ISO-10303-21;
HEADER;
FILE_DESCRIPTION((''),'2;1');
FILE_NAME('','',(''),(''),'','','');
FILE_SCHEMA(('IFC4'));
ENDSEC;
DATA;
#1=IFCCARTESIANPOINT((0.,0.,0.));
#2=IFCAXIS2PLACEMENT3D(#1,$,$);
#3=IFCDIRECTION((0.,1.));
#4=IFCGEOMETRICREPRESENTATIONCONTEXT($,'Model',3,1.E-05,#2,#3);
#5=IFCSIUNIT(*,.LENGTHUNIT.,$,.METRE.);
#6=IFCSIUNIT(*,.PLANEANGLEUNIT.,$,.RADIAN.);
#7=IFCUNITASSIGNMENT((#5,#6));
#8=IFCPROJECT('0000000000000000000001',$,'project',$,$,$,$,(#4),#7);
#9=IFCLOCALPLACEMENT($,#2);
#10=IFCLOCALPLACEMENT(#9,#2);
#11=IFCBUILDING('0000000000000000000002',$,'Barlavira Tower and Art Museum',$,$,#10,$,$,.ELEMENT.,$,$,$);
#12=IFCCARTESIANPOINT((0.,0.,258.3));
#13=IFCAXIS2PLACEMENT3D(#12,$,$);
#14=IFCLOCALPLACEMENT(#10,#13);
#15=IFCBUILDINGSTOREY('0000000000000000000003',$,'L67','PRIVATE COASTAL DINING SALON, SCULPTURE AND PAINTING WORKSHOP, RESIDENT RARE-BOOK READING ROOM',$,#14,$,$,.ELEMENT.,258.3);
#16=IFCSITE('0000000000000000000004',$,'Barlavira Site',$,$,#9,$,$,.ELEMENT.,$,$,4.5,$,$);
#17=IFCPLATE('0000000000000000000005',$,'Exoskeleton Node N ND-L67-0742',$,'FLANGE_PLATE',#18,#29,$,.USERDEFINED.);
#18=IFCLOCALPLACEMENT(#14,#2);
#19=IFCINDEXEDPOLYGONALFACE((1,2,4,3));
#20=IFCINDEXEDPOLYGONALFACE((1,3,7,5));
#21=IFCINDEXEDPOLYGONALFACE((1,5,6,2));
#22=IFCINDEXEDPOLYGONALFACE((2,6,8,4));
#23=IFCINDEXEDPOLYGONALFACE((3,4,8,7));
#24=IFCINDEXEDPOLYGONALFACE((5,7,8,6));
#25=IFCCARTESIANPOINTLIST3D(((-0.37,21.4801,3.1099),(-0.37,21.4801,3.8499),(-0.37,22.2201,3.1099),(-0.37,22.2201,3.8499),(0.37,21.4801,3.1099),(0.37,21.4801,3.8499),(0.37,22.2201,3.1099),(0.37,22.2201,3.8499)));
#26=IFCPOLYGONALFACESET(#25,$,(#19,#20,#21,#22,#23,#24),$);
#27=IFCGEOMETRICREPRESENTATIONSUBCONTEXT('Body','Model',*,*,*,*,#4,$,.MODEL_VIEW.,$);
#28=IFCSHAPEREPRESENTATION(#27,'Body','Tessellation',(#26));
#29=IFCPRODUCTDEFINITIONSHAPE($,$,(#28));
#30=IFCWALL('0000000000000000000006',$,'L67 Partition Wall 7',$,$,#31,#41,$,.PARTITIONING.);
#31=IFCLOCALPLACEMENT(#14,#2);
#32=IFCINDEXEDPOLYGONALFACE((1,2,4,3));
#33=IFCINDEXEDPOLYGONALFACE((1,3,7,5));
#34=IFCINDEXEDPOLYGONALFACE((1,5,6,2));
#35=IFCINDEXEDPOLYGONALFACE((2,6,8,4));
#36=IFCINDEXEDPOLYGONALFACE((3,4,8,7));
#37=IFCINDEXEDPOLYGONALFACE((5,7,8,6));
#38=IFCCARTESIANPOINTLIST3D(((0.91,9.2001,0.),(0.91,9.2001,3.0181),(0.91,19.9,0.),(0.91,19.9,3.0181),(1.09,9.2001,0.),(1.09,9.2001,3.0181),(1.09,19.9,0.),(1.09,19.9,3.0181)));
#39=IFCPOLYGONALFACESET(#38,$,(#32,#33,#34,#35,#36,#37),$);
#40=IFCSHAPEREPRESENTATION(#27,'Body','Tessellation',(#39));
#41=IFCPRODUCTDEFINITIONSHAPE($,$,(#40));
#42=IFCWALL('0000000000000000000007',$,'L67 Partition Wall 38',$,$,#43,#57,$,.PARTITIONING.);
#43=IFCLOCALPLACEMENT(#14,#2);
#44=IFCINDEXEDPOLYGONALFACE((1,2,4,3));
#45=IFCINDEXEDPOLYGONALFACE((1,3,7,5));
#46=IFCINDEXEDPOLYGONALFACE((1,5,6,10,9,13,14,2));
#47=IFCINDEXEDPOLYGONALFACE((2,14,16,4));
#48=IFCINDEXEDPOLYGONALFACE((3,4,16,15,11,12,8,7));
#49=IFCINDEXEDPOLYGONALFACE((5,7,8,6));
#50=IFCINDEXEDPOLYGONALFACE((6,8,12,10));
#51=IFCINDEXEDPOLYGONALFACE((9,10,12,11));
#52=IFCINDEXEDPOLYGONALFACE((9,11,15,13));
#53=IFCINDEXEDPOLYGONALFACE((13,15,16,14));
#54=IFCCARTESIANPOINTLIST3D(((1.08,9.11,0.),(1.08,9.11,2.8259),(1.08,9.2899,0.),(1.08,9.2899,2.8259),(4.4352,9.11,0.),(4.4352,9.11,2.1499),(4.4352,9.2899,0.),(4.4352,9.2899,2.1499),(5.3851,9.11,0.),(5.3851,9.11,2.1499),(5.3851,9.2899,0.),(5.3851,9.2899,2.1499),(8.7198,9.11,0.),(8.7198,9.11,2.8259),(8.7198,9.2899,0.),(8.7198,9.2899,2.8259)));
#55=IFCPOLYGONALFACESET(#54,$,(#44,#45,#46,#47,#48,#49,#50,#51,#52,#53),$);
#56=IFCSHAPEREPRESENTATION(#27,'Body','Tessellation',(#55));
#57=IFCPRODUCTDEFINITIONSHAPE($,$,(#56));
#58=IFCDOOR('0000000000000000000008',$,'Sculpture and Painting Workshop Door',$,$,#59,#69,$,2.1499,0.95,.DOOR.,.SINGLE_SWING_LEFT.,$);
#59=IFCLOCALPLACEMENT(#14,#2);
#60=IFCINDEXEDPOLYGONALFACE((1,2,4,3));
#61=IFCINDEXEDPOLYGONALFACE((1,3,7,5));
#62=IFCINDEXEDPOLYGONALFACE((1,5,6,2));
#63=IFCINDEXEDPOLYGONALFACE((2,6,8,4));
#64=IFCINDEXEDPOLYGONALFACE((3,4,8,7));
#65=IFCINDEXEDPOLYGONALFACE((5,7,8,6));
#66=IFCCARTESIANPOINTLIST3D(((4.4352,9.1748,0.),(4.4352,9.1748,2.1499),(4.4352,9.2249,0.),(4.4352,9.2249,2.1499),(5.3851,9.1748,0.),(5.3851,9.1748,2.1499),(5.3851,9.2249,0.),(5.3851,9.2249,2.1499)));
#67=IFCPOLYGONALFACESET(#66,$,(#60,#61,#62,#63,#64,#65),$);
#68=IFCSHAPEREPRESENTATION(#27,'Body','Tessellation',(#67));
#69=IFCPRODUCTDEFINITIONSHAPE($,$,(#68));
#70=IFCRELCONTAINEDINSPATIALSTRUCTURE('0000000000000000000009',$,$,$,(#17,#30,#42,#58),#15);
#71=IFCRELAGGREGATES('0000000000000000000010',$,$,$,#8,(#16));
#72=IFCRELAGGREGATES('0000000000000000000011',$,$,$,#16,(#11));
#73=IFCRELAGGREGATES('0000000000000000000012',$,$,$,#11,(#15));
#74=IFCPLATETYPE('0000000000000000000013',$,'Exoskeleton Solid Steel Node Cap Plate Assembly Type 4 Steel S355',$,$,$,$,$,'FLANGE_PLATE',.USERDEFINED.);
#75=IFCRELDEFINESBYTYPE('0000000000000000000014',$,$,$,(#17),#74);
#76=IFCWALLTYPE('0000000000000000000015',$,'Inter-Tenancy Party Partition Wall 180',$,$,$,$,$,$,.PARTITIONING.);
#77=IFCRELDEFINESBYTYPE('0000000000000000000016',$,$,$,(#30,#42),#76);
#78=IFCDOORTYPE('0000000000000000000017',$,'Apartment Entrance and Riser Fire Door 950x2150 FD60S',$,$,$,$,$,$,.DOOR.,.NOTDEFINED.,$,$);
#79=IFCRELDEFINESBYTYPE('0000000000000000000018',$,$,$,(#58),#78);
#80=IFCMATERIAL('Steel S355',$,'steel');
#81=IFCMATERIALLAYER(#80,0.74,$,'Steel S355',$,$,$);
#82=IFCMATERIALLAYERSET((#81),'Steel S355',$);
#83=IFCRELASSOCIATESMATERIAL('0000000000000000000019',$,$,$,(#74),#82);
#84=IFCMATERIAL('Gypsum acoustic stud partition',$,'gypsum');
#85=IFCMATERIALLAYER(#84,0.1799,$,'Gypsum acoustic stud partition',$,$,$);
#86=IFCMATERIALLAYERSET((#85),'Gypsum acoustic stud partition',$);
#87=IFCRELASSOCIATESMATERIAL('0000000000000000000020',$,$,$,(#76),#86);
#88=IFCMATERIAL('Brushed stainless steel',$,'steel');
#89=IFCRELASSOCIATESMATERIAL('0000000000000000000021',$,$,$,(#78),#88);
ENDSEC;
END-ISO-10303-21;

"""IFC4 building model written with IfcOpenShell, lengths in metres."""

from ifc_helpers import new_model, si_unit, direction, frame, frame_2d, origin, origin_2d, place, context, subcontext, project, spatial, rectangle, extrude, material, layer, layer_set, type_object, element, fill, save


model = new_model("IFC4")

# Units and contexts
model_context = context("Model", 3, precision=1e-05, world=origin(), true_north=direction((0.0, 1.0)))
body_context = subcontext(model_context, "Body", "Model", "MODEL_VIEW")
ifc_project = project(units=[si_unit("LENGTHUNIT", "METRE"), si_unit("PLANEANGLEUNIT", "RADIAN")], contexts=[model_context])

# Site, building, storey
site_placement = place(None, origin())
site = spatial("IfcSite", under=ifc_project, at=site_placement, Name="Barlavira Site", CompositionType="ELEMENT", RefElevation=4.5)
building_placement = place(site_placement, origin())
building = spatial("IfcBuilding", under=site, at=building_placement, Name="Barlavira Tower and Art Museum", CompositionType="ELEMENT")
storey_placement = place(building_placement, frame((0.0, 0.0, 258.3)))
storey = spatial("IfcBuildingStorey", under=building, at=storey_placement, Name="L67", Description="PRIVATE COASTAL DINING SALON, SCULPTURE AND PAINTING WORKSHOP, RESIDENT RARE-BOOK READING ROOM", CompositionType="ELEMENT", Elevation=258.3)

# Shared definitions
ifc_material_1 = material(Name="Steel S355", Category="steel")

# Plate
ifc_layer_1 = layer(ifc_material_1, 0.74, Name="Steel S355")
ifc_layer_set_1 = layer_set([ifc_layer_1], Name="Steel S355")
plate_type_1 = type_object("IfcPlateType", Name="Exoskeleton Solid Steel Node Cap Plate Assembly Type 4 Steel S355", ElementType="FLANGE_PLATE", PredefinedType="USERDEFINED", material=ifc_layer_set_1)
plate_1_placement = place(storey_placement, frame((0.0, 21.8501, 3.1099), z_axis=(0.0, 0.0, 1.0), x_axis=(1.0, 0.0, 0.0)))
element("IfcPlate", 1, at=plate_1_placement, inside=storey, type_object=plate_type_1, Name="Exoskeleton Node N ND-L67-0742", ObjectType="FLANGE_PLATE", PredefinedType="USERDEFINED", context=body_context, shape_type="SweptSolid", body=[
    extrude(rectangle(XDim=0.74, YDim=0.74, at=origin_2d()), origin(), (0.0, 0.0, 1.0), 0.74),
])

# Wall
ifc_material_2 = material(Name="Gypsum acoustic stud partition", Category="gypsum")
ifc_layer_2 = layer(ifc_material_2, 0.1799, Name="Gypsum acoustic stud partition")
ifc_layer_set_2 = layer_set([ifc_layer_2], Name="Gypsum acoustic stud partition")
wall_type = type_object("IfcWallType", Name="Inter-Tenancy Party Partition Wall 180", PredefinedType="PARTITIONING", material=ifc_layer_set_2)
wall_1_placement = place(storey_placement, frame((1.0, 9.2, 0.0), z_axis=(0.0, 0.0, 1.0), x_axis=(0.0, 1.0, 0.0)))
element("IfcWall", 2, at=wall_1_placement, inside=storey, type_object=wall_type, Name="L67 Partition Wall 7", PredefinedType="PARTITIONING", context=body_context, shape_type="SweptSolid", body=[
    extrude(rectangle(XDim=10.7, YDim=0.1799, at=frame_2d((5.3501, 0.0))), origin(), (0.0, 0.0, 1.0), 3.0181),
])

# Wall, opening, door
wall_2_placement = place(storey_placement, frame((1.0801, 9.2, 0.0), z_axis=(0.0, 0.0, 1.0), x_axis=(1.0, 0.0, 0.0)))
wall_2 = element("IfcWall", 3, at=wall_2_placement, inside=storey, type_object=wall_type, Name="L67 Partition Wall 38", PredefinedType="PARTITIONING", context=body_context, shape_type="SweptSolid", body=[
    extrude(rectangle(XDim=7.6399, YDim=0.1799, at=frame_2d((3.8198, 0.0))), origin(), (0.0, 0.0, 1.0), 2.8259),
])
opening_placement = place(wall_2_placement, frame((3.355, 0.0, 0.0)))
opening = element("IfcOpeningElement", 4, at=opening_placement, cuts=wall_2, PredefinedType="OPENING", context=body_context, shape_type="SweptSolid", body=[
    extrude(rectangle(XDim=0.95, YDim=2.1499, at=frame_2d((0.4751, 1.075))), frame((0.0, 0.1001, 0.0), z_axis=(0.0, -1.0, 0.0), x_axis=(1.0, 0.0, 0.0)), (0.0, 0.0, 1.0), 0.2),
])
ifc_material_3 = material(Name="Brushed stainless steel", Category="steel")
door_type = type_object("IfcDoorType", Name="Apartment Entrance and Riser Fire Door 950x2150 FD60S", OperationType="NOTDEFINED", PredefinedType="DOOR", material=ifc_material_3)
door_placement = place(opening_placement, origin())
door = element("IfcDoor", 5, at=door_placement, inside=storey, type_object=door_type, Name="Sculpture and Painting Workshop Door", OperationType="SINGLE_SWING_LEFT", OverallHeight=2.1499, OverallWidth=0.95, PredefinedType="DOOR", context=body_context, shape_type="SweptSolid", body=[
    extrude(rectangle(XDim=0.95, YDim=2.1499, at=frame_2d((0.4751, 1.075))), frame((0.0, 0.0249, 0.0), z_axis=(0.0, -1.0, 0.0), x_axis=(1.0, 0.0, 0.0)), (0.0, 0.0, 1.0), 0.05),
])
fill(opening, door)

save(model, "model.ifc")
